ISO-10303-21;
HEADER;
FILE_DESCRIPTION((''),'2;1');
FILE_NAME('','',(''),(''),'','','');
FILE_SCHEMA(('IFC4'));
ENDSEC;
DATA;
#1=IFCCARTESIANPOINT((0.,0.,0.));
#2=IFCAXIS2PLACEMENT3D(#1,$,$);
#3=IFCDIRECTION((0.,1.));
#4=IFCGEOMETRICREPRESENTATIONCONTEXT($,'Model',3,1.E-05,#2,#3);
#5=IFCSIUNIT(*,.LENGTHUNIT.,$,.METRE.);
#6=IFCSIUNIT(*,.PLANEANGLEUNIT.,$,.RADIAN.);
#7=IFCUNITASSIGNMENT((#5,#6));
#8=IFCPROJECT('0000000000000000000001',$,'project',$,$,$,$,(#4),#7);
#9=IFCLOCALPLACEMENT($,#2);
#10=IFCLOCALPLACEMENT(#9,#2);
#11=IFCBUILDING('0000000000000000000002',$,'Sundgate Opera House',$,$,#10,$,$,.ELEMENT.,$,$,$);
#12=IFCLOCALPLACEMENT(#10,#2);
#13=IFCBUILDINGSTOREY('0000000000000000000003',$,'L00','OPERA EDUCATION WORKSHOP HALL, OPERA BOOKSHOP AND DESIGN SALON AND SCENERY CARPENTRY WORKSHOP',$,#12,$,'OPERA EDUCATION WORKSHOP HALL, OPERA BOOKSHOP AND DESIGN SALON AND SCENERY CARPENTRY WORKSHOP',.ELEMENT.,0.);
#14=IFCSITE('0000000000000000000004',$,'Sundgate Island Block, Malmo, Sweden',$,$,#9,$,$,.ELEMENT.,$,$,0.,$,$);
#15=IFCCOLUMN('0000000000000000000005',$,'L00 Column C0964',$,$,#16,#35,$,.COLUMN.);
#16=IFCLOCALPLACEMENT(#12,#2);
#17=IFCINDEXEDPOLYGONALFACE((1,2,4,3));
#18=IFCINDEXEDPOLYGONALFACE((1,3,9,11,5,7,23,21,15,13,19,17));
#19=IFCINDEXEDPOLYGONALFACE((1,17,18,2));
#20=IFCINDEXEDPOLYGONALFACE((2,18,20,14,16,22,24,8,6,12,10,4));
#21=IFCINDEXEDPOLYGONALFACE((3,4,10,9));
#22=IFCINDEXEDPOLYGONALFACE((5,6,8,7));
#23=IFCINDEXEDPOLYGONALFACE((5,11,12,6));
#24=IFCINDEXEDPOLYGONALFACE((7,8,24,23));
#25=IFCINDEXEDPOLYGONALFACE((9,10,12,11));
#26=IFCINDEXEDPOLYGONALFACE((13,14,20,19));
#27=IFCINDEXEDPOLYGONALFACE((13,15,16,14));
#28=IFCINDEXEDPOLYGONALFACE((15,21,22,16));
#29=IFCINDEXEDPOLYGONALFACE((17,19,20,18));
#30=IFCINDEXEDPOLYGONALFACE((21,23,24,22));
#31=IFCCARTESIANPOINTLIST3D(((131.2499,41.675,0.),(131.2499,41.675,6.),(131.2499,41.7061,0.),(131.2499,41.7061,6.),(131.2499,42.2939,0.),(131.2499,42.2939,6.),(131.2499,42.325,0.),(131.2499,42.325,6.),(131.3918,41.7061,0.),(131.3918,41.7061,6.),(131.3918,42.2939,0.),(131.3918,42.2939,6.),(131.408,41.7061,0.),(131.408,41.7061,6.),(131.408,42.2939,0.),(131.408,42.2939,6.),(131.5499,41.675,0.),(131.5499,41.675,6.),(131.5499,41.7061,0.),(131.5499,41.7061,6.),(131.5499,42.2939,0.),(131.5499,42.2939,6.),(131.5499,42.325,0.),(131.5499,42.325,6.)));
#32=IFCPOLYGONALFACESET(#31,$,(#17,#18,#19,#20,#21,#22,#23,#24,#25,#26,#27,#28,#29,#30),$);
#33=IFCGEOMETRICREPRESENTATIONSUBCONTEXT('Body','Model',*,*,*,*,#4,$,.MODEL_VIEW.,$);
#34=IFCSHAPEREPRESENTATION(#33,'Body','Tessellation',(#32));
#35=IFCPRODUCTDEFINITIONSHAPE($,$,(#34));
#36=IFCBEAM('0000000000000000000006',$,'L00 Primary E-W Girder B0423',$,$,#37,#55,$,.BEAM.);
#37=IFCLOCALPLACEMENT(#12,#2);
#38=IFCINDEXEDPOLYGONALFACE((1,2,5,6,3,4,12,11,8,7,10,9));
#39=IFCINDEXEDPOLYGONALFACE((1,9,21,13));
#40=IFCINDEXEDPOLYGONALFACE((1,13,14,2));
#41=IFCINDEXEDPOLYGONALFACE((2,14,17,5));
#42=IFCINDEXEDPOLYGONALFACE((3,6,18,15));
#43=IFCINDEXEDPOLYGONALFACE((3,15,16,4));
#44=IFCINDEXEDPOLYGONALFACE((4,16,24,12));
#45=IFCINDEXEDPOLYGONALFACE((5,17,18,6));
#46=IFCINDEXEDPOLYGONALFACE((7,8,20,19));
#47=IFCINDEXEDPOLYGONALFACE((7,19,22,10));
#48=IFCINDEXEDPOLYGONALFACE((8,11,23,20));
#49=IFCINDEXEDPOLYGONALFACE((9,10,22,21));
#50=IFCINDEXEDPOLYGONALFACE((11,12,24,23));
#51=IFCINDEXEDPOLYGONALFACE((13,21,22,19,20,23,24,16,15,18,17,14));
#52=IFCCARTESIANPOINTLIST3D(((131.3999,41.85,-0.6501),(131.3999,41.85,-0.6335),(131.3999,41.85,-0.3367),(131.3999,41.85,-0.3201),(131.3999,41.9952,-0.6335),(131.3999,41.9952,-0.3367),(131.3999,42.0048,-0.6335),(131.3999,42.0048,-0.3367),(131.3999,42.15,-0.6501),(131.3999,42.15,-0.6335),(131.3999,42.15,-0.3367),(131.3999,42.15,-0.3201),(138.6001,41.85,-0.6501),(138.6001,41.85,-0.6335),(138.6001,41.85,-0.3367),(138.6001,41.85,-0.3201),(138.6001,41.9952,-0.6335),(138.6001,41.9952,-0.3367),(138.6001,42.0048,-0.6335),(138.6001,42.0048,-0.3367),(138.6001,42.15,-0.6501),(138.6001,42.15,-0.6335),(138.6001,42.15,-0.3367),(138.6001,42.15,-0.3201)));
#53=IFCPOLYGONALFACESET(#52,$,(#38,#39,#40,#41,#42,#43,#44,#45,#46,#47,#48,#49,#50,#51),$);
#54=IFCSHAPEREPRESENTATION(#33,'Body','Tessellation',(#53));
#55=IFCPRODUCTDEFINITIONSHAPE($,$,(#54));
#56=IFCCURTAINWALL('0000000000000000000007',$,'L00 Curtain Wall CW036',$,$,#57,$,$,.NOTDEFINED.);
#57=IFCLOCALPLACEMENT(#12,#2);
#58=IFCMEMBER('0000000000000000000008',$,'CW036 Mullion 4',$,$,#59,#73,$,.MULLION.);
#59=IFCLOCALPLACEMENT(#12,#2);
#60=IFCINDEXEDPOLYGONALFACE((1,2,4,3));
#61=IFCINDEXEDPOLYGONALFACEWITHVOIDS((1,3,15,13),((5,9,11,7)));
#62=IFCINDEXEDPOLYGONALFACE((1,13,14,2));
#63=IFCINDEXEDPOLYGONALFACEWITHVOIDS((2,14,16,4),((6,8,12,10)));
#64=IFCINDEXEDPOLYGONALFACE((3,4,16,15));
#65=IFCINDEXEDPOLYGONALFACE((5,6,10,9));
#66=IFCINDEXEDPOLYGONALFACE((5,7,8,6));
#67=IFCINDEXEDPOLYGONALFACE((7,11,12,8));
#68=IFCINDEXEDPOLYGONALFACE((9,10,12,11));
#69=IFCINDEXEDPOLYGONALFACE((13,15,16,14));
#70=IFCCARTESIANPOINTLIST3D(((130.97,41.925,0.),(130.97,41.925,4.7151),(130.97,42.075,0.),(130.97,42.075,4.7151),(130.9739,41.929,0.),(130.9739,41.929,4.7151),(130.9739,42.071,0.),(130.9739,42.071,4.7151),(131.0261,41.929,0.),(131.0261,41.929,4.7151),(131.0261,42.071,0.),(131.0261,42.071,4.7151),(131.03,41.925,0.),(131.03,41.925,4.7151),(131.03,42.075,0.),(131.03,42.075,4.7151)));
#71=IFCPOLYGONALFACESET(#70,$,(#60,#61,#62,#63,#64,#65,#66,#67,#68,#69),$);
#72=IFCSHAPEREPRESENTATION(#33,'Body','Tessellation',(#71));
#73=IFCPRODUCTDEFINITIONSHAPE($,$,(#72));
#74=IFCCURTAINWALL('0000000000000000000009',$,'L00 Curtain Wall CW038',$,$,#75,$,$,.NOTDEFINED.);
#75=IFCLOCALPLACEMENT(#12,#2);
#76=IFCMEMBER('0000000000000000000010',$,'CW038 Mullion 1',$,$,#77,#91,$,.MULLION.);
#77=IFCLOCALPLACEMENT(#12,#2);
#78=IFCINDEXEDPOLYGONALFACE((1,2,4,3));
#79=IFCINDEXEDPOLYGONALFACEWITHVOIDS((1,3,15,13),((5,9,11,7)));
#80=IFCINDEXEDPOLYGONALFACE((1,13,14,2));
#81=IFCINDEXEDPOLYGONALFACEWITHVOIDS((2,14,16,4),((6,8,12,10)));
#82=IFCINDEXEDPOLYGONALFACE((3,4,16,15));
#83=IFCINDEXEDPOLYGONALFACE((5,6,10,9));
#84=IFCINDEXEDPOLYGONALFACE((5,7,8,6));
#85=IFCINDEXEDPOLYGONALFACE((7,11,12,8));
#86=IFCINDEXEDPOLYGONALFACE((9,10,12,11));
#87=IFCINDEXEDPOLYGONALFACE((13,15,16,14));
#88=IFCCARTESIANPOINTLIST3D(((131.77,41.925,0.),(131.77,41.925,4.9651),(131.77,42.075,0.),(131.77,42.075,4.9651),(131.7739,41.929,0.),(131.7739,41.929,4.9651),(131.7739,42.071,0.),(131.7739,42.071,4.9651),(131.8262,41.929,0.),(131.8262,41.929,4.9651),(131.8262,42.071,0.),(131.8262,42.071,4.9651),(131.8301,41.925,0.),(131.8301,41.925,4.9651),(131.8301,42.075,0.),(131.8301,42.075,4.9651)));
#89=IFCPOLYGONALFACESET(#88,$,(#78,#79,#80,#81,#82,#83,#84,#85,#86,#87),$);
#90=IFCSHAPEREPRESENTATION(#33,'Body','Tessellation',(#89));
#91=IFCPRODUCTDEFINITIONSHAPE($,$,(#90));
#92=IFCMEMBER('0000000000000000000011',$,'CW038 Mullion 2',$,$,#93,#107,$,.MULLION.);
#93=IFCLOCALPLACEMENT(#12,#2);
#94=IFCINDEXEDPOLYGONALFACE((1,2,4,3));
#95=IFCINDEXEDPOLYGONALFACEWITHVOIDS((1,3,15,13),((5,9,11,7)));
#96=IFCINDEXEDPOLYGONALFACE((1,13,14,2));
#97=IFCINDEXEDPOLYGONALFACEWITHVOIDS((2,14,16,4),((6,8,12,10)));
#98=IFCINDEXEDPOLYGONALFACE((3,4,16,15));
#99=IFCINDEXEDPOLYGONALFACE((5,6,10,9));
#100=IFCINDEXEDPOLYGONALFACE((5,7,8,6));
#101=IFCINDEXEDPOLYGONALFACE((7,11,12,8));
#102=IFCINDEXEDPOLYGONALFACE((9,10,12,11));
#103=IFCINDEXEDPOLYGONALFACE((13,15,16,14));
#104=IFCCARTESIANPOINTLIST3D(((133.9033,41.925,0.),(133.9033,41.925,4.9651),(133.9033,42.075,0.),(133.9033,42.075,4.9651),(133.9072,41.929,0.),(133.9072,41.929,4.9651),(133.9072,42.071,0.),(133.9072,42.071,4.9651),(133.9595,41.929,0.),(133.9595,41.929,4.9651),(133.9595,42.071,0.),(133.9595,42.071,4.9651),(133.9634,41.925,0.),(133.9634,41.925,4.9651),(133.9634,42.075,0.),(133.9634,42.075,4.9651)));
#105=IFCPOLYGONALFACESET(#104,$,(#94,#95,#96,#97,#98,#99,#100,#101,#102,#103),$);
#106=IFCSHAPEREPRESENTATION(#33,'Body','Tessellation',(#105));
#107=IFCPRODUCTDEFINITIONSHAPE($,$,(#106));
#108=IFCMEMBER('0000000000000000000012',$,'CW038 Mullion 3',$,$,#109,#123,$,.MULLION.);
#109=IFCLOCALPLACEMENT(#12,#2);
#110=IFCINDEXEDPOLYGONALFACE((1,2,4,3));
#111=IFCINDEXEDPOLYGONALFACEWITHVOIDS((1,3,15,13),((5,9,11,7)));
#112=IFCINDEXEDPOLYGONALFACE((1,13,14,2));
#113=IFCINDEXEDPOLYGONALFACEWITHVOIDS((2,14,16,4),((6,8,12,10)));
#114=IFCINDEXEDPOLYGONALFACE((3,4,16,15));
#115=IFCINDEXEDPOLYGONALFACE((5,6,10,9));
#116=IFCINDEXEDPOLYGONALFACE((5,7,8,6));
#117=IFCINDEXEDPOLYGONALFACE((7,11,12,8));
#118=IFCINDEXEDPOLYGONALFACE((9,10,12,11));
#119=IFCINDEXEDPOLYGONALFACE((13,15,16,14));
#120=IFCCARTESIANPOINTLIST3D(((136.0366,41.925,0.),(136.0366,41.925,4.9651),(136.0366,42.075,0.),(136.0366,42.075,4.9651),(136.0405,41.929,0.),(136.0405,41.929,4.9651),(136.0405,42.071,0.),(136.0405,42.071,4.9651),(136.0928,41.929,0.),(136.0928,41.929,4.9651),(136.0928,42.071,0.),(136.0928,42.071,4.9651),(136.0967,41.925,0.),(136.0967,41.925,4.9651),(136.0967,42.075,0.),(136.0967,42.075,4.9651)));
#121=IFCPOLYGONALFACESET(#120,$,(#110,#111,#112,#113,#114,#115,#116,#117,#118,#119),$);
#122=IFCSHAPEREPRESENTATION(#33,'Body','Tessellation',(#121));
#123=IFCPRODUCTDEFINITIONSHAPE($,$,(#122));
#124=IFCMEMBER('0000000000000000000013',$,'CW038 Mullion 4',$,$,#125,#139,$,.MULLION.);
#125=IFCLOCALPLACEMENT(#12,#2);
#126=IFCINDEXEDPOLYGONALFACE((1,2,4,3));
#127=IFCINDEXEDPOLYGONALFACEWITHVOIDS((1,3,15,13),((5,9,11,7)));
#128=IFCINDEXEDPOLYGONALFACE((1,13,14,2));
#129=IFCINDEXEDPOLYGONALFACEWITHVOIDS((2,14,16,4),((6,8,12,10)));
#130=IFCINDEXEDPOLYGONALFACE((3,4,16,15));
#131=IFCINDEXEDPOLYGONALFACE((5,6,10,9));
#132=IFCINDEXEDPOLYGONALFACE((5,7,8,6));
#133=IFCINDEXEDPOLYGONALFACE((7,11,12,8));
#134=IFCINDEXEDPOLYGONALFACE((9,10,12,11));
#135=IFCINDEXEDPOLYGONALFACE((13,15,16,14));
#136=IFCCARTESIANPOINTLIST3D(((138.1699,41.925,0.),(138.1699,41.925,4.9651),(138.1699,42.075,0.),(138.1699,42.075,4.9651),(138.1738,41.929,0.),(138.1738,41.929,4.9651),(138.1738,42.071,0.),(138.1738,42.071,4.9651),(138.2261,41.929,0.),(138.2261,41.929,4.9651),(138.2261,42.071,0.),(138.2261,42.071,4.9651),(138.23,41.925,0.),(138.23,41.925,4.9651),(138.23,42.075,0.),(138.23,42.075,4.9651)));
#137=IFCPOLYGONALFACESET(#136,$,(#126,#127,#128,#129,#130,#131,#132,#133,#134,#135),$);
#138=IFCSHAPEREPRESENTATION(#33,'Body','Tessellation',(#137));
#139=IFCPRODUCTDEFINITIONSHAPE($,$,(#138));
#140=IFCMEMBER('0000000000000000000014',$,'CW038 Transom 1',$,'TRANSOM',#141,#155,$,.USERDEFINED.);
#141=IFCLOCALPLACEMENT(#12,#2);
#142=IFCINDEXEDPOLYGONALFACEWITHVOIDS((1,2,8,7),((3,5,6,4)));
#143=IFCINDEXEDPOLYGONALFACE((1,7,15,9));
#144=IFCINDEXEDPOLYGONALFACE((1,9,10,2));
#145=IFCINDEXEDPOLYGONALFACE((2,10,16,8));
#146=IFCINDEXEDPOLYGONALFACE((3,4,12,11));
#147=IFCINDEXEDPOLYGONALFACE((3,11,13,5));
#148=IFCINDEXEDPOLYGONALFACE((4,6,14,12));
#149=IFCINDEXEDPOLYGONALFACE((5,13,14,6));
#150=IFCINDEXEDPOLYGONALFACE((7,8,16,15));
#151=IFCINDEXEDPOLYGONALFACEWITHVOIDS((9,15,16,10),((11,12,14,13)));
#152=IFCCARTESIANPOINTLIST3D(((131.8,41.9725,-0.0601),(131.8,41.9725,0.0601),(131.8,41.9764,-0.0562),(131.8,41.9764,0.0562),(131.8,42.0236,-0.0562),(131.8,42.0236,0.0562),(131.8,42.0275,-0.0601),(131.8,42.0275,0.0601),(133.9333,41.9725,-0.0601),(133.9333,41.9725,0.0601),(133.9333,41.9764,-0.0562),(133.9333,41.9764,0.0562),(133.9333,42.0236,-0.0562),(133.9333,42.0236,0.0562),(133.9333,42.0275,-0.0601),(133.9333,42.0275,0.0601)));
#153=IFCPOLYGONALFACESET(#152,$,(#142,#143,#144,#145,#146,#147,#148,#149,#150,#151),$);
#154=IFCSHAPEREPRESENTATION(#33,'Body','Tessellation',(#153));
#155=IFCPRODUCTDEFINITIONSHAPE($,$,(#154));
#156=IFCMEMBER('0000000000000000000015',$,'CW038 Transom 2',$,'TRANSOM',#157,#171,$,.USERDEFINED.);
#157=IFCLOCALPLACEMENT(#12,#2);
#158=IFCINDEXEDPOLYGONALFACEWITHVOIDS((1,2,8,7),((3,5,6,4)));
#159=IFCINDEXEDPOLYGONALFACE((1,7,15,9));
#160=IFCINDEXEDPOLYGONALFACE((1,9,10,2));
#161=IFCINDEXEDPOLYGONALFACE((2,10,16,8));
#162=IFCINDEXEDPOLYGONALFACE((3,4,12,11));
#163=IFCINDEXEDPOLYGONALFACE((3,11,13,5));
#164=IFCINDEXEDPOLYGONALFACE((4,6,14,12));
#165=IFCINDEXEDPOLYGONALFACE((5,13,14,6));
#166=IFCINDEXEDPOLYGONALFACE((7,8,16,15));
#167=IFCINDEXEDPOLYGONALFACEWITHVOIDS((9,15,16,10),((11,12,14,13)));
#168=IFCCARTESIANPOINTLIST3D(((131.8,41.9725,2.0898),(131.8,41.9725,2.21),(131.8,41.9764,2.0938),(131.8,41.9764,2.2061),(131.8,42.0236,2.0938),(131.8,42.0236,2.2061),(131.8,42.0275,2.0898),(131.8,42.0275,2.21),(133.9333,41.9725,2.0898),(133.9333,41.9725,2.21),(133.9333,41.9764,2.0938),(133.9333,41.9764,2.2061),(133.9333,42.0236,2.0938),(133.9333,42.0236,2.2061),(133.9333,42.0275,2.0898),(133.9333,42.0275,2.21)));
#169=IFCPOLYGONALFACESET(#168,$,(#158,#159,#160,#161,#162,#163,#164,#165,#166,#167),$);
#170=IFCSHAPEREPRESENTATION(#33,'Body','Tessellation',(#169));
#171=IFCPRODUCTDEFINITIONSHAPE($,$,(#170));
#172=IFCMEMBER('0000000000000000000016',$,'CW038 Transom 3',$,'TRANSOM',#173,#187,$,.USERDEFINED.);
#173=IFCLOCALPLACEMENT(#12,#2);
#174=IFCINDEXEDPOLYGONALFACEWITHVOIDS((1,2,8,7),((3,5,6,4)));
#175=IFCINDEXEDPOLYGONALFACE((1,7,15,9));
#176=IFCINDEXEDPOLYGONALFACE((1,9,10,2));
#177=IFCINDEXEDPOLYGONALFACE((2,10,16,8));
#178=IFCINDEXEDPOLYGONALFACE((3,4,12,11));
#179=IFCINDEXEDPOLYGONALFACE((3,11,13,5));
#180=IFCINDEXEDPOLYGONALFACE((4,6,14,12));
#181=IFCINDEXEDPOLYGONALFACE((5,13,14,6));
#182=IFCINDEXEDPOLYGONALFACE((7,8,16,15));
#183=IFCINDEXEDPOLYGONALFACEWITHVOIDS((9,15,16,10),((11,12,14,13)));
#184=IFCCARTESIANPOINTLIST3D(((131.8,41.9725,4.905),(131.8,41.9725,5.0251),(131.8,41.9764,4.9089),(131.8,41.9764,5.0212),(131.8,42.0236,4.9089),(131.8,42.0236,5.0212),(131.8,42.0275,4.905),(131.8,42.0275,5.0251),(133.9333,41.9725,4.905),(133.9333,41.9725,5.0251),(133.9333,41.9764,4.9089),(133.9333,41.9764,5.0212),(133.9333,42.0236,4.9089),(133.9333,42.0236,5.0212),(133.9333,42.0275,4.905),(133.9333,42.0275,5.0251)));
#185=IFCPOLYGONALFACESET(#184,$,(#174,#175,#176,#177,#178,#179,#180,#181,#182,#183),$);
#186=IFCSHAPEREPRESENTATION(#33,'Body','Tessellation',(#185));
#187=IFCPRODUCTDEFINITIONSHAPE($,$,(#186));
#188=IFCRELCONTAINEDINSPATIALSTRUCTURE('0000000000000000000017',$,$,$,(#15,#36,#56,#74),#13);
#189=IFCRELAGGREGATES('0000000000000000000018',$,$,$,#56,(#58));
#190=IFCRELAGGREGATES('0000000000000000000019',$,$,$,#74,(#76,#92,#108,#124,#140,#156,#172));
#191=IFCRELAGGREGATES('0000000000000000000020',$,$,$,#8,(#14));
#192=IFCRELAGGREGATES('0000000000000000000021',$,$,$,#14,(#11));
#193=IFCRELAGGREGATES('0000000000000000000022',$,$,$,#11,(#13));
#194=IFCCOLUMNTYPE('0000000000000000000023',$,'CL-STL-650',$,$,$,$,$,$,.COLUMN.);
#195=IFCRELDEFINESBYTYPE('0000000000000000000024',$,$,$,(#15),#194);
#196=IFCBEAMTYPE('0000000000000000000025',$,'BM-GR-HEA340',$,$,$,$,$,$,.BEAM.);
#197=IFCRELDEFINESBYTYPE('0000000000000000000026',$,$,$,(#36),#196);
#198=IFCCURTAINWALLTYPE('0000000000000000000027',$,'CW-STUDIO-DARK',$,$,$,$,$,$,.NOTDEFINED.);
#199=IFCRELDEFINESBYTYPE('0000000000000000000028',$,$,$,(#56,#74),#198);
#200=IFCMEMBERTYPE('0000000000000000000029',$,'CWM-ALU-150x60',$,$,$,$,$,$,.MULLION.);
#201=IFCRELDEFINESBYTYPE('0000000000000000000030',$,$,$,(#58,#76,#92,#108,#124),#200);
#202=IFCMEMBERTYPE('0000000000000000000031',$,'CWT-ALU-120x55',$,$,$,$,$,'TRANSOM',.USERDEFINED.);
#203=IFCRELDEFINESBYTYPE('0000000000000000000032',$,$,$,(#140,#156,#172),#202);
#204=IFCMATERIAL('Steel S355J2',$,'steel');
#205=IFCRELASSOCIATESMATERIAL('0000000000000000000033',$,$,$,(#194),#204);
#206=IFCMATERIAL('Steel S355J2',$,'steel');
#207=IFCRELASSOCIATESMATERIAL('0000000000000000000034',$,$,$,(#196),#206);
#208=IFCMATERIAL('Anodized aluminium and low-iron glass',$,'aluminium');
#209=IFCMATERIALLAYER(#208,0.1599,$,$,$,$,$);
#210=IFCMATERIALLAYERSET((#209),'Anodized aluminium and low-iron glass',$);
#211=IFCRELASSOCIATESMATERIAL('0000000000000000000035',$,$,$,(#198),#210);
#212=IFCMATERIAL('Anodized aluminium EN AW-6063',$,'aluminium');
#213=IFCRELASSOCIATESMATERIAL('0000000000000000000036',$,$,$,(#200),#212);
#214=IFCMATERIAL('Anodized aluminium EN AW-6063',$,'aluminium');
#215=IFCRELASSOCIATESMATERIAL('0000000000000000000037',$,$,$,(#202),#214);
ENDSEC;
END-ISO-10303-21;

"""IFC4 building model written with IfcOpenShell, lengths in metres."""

from ifc_helpers import new_model, si_unit, direction, frame, origin, origin_2d, place, context, subcontext, project, spatial, hollow_rectangle, i_section, extrude, material, layer, layer_set, material_profile, profile_set, type_object, element, aggregate, save


model = new_model("IFC4")

# Units and contexts
model_context = context("Model", 3, precision=1e-05, world=origin(), true_north=direction((0.0, 1.0)))
body_context = subcontext(model_context, "Body", "Model", "MODEL_VIEW")
ifc_project = project(units=[si_unit("LENGTHUNIT", "METRE"), si_unit("PLANEANGLEUNIT", "RADIAN")], contexts=[model_context])

# Site, building, storey
site_placement = place(None, origin())
site = spatial("IfcSite", under=ifc_project, at=site_placement, Name="Sundgate Island Block, Malmo, Sweden", CompositionType="ELEMENT", RefElevation=0.0)
building_placement = place(site_placement, origin())
building = spatial("IfcBuilding", under=site, at=building_placement, Name="Sundgate Opera House", CompositionType="ELEMENT")
storey_placement = place(building_placement, origin())
storey = spatial("IfcBuildingStorey", under=building, at=storey_placement, Name="L00", Description="OPERA EDUCATION WORKSHOP HALL, OPERA BOOKSHOP AND DESIGN SALON AND SCENERY CARPENTRY WORKSHOP", LongName="OPERA EDUCATION WORKSHOP HALL, OPERA BOOKSHOP AND DESIGN SALON AND SCENERY CARPENTRY WORKSHOP", CompositionType="ELEMENT", Elevation=0.0)

# Column
ifc_material_1 = material(Name="Steel S355J2", Category="steel")
ifc_material_profile_1 = material_profile(ifc_material_1, i_section(OverallWidth=0.3, OverallDepth=0.6499, WebThickness=0.0161, FlangeThickness=0.031, at=origin_2d()), Name="HEB 650")
ifc_profile_set_1 = profile_set([ifc_material_profile_1], Name="Steel S355J2")
column_type = type_object("IfcColumnType", Name="CL-STL-650", PredefinedType="COLUMN", material=ifc_profile_set_1)
column_placement = place(storey_placement, frame((131.3999, 42.0, 0.0), z_axis=(0.0, 0.0, 1.0), x_axis=(1.0, 0.0, 0.0)))
element("IfcColumn", 1, at=column_placement, inside=storey, type_object=column_type, Name="L00 Column C0964", PredefinedType="COLUMN", context=body_context, shape_type="SweptSolid", body=[
    extrude(i_section(OverallWidth=0.3, OverallDepth=0.6499, WebThickness=0.0161, FlangeThickness=0.031, at=origin_2d()), origin(), (0.0, 0.0, 1.0), 6.0),
])

# Beam
ifc_material_2 = material(Name="Steel S355J2", Category="steel")
ifc_material_profile_2 = material_profile(ifc_material_2, i_section(OverallWidth=0.3, OverallDepth=0.3301, WebThickness=0.0095, FlangeThickness=0.0166, at=origin_2d()), Name="HEA 340")
ifc_profile_set_2 = profile_set([ifc_material_profile_2], Name="Steel S355J2")
beam_type = type_object("IfcBeamType", Name="BM-GR-HEA340", PredefinedType="BEAM", material=ifc_profile_set_2)
beam_placement = place(storey_placement, frame((131.3999, 42.0, -0.4851), z_axis=(1.0, 0.0, 0.0), x_axis=(0.0, 1.0, 0.0)))
element("IfcBeam", 2, at=beam_placement, inside=storey, type_object=beam_type, Name="L00 Primary E-W Girder B0423", PredefinedType="BEAM", context=body_context, shape_type="SweptSolid", body=[
    extrude(i_section(OverallWidth=0.3, OverallDepth=0.3301, WebThickness=0.0095, FlangeThickness=0.0166, at=origin_2d()), origin(), (0.0, 0.0, 1.0), 7.2002),
])

# Curtain wall, member
ifc_material_3 = material(Name="Anodized aluminium and low-iron glass", Category="aluminium")
ifc_layer_1 = layer(ifc_material_3, 0.1599)
ifc_layer_set_1 = layer_set([ifc_layer_1], Name="Anodized aluminium and low-iron glass")
curtain_wall_type = type_object("IfcCurtainWallType", Name="CW-STUDIO-DARK", PredefinedType="NOTDEFINED", material=ifc_layer_set_1)
curtain_wall_1_placement = place(storey_placement, origin())
curtain_wall_1 = element("IfcCurtainWall", 3, at=curtain_wall_1_placement, inside=storey, type_object=curtain_wall_type, Name="L00 Curtain Wall CW036", PredefinedType="NOTDEFINED")
ifc_material_4 = material(Name="Anodized aluminium EN AW-6063", Category="aluminium")
ifc_material_profile_3 = material_profile(ifc_material_4, hollow_rectangle(XDim=0.0601, YDim=0.1499, WallThickness=0.0039, at=origin_2d()), Name="CWM 150x60x4")
ifc_profile_set_3 = profile_set([ifc_material_profile_3], Name="Anodized aluminium EN AW-6063")
member_type_1 = type_object("IfcMemberType", Name="CWM-ALU-150x60", PredefinedType="MULLION", material=ifc_profile_set_3)
member_1_placement = place(storey_placement, frame((131.0, 42.0, 0.0), z_axis=(0.0, 0.0, 1.0), x_axis=(1.0, 0.0, 0.0)))
member_1 = element("IfcMember", 4, at=member_1_placement, type_object=member_type_1, Name="CW036 Mullion 4", PredefinedType="MULLION", context=body_context, shape_type="SweptSolid", body=[
    extrude(hollow_rectangle(XDim=0.0601, YDim=0.1499, WallThickness=0.0039, at=origin_2d()), origin(), (0.0, 0.0, 1.0), 4.7151),
])
aggregate(curtain_wall_1, [member_1])

# Curtain wall, members
curtain_wall_2_placement = place(storey_placement, origin())
curtain_wall_2 = element("IfcCurtainWall", 5, at=curtain_wall_2_placement, inside=storey, type_object=curtain_wall_type, Name="L00 Curtain Wall CW038", PredefinedType="NOTDEFINED")
member_2_placement = place(storey_placement, frame((131.8, 42.0, 0.0), z_axis=(0.0, 0.0, 1.0), x_axis=(1.0, 0.0, 0.0)))
member_2 = element("IfcMember", 6, at=member_2_placement, type_object=member_type_1, Name="CW038 Mullion 1", PredefinedType="MULLION", context=body_context, shape_type="SweptSolid", body=[
    extrude(hollow_rectangle(XDim=0.0601, YDim=0.1499, WallThickness=0.0039, at=origin_2d()), origin(), (0.0, 0.0, 1.0), 4.9651),
])
member_3_placement = place(storey_placement, frame((133.9333, 42.0, 0.0), z_axis=(0.0, 0.0, 1.0), x_axis=(1.0, 0.0, 0.0)))
member_3 = element("IfcMember", 7, at=member_3_placement, type_object=member_type_1, Name="CW038 Mullion 2", PredefinedType="MULLION", context=body_context, shape_type="SweptSolid", body=[
    extrude(hollow_rectangle(XDim=0.0601, YDim=0.1499, WallThickness=0.0039, at=origin_2d()), origin(), (0.0, 0.0, 1.0), 4.9651),
])
member_4_placement = place(storey_placement, frame((136.0667, 42.0, 0.0), z_axis=(0.0, 0.0, 1.0), x_axis=(1.0, 0.0, 0.0)))
member_4 = element("IfcMember", 8, at=member_4_placement, type_object=member_type_1, Name="CW038 Mullion 3", PredefinedType="MULLION", context=body_context, shape_type="SweptSolid", body=[
    extrude(hollow_rectangle(XDim=0.0601, YDim=0.1499, WallThickness=0.0039, at=origin_2d()), origin(), (0.0, 0.0, 1.0), 4.9651),
])
member_5_placement = place(storey_placement, frame((138.2, 42.0, 0.0), z_axis=(0.0, 0.0, 1.0), x_axis=(1.0, 0.0, 0.0)))
member_5 = element("IfcMember", 9, at=member_5_placement, type_object=member_type_1, Name="CW038 Mullion 4", PredefinedType="MULLION", context=body_context, shape_type="SweptSolid", body=[
    extrude(hollow_rectangle(XDim=0.0601, YDim=0.1499, WallThickness=0.0039, at=origin_2d()), origin(), (0.0, 0.0, 1.0), 4.9651),
])
ifc_material_5 = material(Name="Anodized aluminium EN AW-6063", Category="aluminium")
ifc_material_profile_4 = material_profile(ifc_material_5, hollow_rectangle(XDim=0.0549, YDim=0.1201, WallThickness=0.0039, at=origin_2d()), Name="CWT 120x55x4")
ifc_profile_set_4 = profile_set([ifc_material_profile_4], Name="Anodized aluminium EN AW-6063")
member_type_2 = type_object("IfcMemberType", Name="CWT-ALU-120x55", ElementType="TRANSOM", PredefinedType="USERDEFINED", material=ifc_profile_set_4)
member_6_placement = place(storey_placement, frame((131.8, 42.0, 0.0), z_axis=(1.0, 0.0, 0.0), x_axis=(0.0, 1.0, 0.0)))
member_6 = element("IfcMember", 10, at=member_6_placement, type_object=member_type_2, Name="CW038 Transom 1", ObjectType="TRANSOM", PredefinedType="USERDEFINED", context=body_context, shape_type="SweptSolid", body=[
    extrude(hollow_rectangle(XDim=0.0549, YDim=0.1201, WallThickness=0.0039, at=origin_2d()), origin(), (0.0, 0.0, 1.0), 2.1333),
])
member_7_placement = place(storey_placement, frame((131.8, 42.0, 2.1499), z_axis=(1.0, 0.0, 0.0), x_axis=(0.0, 1.0, 0.0)))
member_7 = element("IfcMember", 11, at=member_7_placement, type_object=member_type_2, Name="CW038 Transom 2", ObjectType="TRANSOM", PredefinedType="USERDEFINED", context=body_context, shape_type="SweptSolid", body=[
    extrude(hollow_rectangle(XDim=0.0549, YDim=0.1201, WallThickness=0.0039, at=origin_2d()), origin(), (0.0, 0.0, 1.0), 2.1333),
])
member_8_placement = place(storey_placement, frame((131.8, 42.0, 4.9651), z_axis=(1.0, 0.0, 0.0), x_axis=(0.0, 1.0, 0.0)))
member_8 = element("IfcMember", 12, at=member_8_placement, type_object=member_type_2, Name="CW038 Transom 3", ObjectType="TRANSOM", PredefinedType="USERDEFINED", context=body_context, shape_type="SweptSolid", body=[
    extrude(hollow_rectangle(XDim=0.0549, YDim=0.1201, WallThickness=0.0039, at=origin_2d()), origin(), (0.0, 0.0, 1.0), 2.1333),
])
aggregate(curtain_wall_2, [member_2, member_3, member_4, member_5, member_6, member_7, member_8])

save(model, "model.ifc")
